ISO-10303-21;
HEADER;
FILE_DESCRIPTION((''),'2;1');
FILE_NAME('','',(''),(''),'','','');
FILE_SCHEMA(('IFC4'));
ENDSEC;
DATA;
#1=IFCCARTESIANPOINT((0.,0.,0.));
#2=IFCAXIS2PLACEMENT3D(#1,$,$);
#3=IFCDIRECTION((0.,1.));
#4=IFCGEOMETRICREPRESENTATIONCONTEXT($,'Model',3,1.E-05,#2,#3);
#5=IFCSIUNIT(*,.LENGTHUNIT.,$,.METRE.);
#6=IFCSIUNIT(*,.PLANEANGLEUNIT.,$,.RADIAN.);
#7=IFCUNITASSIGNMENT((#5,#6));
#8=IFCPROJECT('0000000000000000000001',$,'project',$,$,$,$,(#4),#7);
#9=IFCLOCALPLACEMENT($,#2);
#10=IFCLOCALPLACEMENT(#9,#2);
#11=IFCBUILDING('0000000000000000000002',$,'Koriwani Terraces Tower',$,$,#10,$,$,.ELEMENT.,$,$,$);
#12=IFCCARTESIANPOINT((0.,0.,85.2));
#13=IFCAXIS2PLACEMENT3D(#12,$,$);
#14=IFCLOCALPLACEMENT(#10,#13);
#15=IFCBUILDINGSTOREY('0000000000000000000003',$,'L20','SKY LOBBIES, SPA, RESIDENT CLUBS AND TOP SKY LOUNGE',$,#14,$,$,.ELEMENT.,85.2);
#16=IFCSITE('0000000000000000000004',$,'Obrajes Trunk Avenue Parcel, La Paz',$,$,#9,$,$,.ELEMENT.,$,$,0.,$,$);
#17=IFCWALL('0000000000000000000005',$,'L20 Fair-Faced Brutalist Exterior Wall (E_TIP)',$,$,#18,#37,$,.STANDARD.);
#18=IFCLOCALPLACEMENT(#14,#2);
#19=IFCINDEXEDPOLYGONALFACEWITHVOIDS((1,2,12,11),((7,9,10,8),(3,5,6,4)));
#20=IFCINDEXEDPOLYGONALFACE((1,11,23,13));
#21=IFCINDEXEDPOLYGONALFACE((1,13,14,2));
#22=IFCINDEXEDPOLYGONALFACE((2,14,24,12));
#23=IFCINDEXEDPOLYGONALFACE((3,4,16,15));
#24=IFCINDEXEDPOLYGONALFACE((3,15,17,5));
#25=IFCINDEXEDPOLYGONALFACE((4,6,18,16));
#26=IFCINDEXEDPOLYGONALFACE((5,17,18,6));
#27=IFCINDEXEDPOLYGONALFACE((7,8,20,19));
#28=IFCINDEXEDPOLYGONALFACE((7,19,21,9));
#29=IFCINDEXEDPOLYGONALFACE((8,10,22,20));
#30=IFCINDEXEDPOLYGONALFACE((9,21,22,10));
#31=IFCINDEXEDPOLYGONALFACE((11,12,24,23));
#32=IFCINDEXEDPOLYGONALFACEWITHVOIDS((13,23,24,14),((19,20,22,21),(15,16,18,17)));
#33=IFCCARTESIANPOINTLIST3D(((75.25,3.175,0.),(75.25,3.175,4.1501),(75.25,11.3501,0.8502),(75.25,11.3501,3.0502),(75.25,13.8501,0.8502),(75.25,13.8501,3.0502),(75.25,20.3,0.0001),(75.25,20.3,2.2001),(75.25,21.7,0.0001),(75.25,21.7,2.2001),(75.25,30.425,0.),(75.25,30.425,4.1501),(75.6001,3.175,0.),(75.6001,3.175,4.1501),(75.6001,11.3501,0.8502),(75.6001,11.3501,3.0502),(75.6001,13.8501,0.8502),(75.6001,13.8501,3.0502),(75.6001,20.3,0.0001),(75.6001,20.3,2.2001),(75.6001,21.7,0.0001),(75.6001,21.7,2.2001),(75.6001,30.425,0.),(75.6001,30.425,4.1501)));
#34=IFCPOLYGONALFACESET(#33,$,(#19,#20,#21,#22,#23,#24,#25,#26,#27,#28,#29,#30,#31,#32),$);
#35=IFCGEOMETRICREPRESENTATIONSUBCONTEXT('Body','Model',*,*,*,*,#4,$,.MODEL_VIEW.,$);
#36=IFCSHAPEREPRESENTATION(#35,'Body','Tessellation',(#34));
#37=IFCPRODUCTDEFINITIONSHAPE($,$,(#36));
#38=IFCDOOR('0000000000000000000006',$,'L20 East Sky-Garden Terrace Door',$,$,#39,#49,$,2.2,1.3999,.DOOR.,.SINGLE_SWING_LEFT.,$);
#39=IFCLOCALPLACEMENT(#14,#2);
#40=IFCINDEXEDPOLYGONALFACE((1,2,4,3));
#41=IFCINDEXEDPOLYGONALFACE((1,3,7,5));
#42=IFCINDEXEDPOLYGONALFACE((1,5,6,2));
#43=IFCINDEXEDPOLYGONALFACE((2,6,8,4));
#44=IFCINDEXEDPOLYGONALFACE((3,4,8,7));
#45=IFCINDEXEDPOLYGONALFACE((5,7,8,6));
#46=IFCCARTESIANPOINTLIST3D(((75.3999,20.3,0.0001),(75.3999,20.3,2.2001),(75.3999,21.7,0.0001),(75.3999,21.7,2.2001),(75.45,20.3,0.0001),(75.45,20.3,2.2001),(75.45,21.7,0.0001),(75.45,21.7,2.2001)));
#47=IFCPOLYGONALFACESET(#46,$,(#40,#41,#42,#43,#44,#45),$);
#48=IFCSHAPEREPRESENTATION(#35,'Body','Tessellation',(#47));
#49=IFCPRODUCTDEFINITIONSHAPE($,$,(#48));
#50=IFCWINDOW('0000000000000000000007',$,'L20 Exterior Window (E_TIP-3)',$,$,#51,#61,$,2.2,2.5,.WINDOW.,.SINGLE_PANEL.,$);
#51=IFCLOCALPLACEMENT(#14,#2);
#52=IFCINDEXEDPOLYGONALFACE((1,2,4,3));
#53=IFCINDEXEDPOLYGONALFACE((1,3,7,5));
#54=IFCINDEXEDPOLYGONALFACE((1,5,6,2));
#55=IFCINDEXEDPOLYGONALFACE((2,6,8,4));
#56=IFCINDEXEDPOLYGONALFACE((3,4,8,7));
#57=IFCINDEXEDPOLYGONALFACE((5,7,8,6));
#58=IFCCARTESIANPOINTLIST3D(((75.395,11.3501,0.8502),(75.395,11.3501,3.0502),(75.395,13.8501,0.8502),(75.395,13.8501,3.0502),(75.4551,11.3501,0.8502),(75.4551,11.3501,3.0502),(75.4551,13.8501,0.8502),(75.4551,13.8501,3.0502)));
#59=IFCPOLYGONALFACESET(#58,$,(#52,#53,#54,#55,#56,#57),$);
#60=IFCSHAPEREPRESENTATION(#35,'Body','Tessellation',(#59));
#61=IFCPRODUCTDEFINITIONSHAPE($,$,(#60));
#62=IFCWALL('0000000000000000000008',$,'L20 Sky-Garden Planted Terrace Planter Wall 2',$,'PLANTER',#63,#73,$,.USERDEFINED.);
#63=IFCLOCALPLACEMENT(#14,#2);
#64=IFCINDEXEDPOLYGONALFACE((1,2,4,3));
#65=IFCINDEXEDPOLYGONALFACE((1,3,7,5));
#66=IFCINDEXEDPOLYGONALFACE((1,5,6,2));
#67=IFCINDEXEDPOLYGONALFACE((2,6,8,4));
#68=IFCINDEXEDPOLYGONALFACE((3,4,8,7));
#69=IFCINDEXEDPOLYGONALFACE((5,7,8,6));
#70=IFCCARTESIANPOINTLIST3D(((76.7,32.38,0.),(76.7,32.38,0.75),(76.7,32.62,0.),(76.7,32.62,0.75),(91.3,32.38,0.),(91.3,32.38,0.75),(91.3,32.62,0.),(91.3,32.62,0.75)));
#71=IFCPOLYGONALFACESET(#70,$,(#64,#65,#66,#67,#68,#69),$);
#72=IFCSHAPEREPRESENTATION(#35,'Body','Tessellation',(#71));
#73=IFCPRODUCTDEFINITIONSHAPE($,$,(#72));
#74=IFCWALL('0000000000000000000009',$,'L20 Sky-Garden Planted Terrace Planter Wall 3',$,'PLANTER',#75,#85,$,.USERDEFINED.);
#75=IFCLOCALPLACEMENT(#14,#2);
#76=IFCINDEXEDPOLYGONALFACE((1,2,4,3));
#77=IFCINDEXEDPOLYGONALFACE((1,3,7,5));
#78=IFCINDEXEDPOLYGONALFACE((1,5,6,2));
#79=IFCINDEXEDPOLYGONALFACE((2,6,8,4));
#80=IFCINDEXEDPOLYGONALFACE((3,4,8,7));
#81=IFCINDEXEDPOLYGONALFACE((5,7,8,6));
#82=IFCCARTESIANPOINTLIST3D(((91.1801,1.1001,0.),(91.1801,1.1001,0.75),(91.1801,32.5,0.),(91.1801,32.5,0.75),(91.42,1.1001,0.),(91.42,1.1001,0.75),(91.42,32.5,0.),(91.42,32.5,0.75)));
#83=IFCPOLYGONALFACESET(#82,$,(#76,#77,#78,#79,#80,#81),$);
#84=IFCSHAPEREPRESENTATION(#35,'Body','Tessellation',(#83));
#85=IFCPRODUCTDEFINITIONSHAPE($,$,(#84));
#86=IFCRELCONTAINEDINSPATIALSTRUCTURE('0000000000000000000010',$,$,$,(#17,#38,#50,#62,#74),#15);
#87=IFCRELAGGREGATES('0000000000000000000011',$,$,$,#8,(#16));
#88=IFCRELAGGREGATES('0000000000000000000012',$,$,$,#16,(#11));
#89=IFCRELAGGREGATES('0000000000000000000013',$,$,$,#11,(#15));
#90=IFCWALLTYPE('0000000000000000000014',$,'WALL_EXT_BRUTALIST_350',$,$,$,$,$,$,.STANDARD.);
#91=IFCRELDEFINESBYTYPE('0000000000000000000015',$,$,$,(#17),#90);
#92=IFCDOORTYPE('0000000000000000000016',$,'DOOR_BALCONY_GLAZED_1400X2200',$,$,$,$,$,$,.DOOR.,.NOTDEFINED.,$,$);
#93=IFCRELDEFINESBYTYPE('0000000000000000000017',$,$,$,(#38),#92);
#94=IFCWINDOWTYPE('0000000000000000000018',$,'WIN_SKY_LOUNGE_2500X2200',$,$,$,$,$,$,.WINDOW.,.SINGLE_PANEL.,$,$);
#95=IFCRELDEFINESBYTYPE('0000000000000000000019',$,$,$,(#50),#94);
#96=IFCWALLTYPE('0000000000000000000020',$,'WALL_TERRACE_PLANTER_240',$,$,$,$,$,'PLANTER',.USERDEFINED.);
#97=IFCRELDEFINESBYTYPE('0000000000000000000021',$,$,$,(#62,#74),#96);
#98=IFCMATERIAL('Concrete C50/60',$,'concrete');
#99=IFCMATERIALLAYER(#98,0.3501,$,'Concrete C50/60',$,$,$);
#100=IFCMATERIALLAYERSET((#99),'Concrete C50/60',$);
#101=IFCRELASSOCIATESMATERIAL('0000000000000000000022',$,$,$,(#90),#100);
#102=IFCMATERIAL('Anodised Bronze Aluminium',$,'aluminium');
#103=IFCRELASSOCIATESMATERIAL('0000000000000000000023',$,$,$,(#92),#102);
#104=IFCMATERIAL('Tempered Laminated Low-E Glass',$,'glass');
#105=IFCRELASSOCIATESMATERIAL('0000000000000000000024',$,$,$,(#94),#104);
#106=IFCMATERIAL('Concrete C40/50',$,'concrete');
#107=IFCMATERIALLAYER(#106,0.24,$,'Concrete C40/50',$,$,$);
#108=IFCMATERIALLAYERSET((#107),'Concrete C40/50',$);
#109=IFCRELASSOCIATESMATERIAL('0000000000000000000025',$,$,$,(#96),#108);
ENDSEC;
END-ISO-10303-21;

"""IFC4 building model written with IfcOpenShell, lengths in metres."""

from ifc_helpers import new_model, si_unit, direction, frame, frame_2d, origin, place, context, subcontext, project, spatial, rectangle, extrude, material, layer, layer_set, type_object, element, fill, save


model = new_model("IFC4")

# Units and contexts
model_context = context("Model", 3, precision=1e-05, world=origin(), true_north=direction((0.0, 1.0)))
body_context = subcontext(model_context, "Body", "Model", "MODEL_VIEW")
ifc_project = project(units=[si_unit("LENGTHUNIT", "METRE"), si_unit("PLANEANGLEUNIT", "RADIAN")], contexts=[model_context])

# Site, building, storey
site_placement = place(None, origin())
site = spatial("IfcSite", under=ifc_project, at=site_placement, Name="Obrajes Trunk Avenue Parcel, La Paz", CompositionType="ELEMENT", RefElevation=0.0)
building_placement = place(site_placement, origin())
building = spatial("IfcBuilding", under=site, at=building_placement, Name="Koriwani Terraces Tower", CompositionType="ELEMENT")
storey_placement = place(building_placement, frame((0.0, 0.0, 85.2)))
storey = spatial("IfcBuildingStorey", under=building, at=storey_placement, Name="L20", Description="SKY LOBBIES, SPA, RESIDENT CLUBS AND TOP SKY LOUNGE", CompositionType="ELEMENT", Elevation=85.2)

# Shared definitions
ifc_material_1 = material(Name="Concrete C50/60", Category="concrete")

# Shared definitions
ifc_layer_1 = layer(ifc_material_1, 0.3501, Name="Concrete C50/60")
ifc_layer_set_1 = layer_set([ifc_layer_1], Name="Concrete C50/60")
wall_type_1 = type_object("IfcWallType", Name="WALL_EXT_BRUTALIST_350", PredefinedType="STANDARD", material=ifc_layer_set_1)

# Wall, openings, door, window
wall_1_placement = place(storey_placement, frame((75.425, 30.425, 0.0), z_axis=(0.0, 0.0, 1.0), x_axis=(0.0, -1.0, 0.0)))
wall_1 = element("IfcWall", 1, at=wall_1_placement, inside=storey, type_object=wall_type_1, Name="L20 Fair-Faced Brutalist Exterior Wall (E_TIP)", PredefinedType="STANDARD", context=body_context, shape_type="SweptSolid", body=[
    extrude(rectangle(XDim=27.25, YDim=0.3501, at=frame_2d((13.625, 0.0))), origin(), (0.0, 0.0, 1.0), 4.1501),
])
opening_1_placement = place(wall_1_placement, frame((8.7251, 0.0, 0.0)))
opening_1 = element("IfcOpeningElement", 2, at=opening_1_placement, cuts=wall_1, PredefinedType="OPENING", context=body_context, shape_type="SweptSolid", body=[
    extrude(rectangle(XDim=1.3999, YDim=2.2, at=frame_2d((0.7, 1.1001))), frame((0.0, 0.1851, 0.0), z_axis=(0.0, -1.0, 0.0), x_axis=(1.0, 0.0, 0.0)), (0.0, 0.0, 1.0), 0.3701),
])
opening_2_placement = place(wall_1_placement, frame((16.575, 0.0, 0.8501)))
opening_2 = element("IfcOpeningElement", 3, at=opening_2_placement, cuts=wall_1, PredefinedType="OPENING", context=body_context, shape_type="SweptSolid", body=[
    extrude(rectangle(XDim=2.5, YDim=2.2, at=frame_2d((1.25, 1.1001))), frame((0.0, 0.1851, 0.0), z_axis=(0.0, -1.0, 0.0), x_axis=(1.0, 0.0, 0.0)), (0.0, 0.0, 1.0), 0.3701),
])
ifc_material_2 = material(Name="Anodised Bronze Aluminium", Category="aluminium")
door_type_1 = type_object("IfcDoorType", Name="DOOR_BALCONY_GLAZED_1400X2200", OperationType="NOTDEFINED", PredefinedType="DOOR", material=ifc_material_2)
door_1_placement = place(opening_1_placement, origin())
door_1 = element("IfcDoor", 4, at=door_1_placement, inside=storey, type_object=door_type_1, Name="L20 East Sky-Garden Terrace Door", OperationType="SINGLE_SWING_LEFT", OverallHeight=2.2, OverallWidth=1.3999, PredefinedType="DOOR", context=body_context, shape_type="SweptSolid", body=[
    extrude(rectangle(XDim=1.3999, YDim=2.2, at=frame_2d((0.7, 1.1001))), frame((0.0, 0.0249, 0.0), z_axis=(0.0, -1.0, 0.0), x_axis=(1.0, 0.0, 0.0)), (0.0, 0.0, 1.0), 0.05),
])
fill(opening_1, door_1)
ifc_material_3 = material(Name="Tempered Laminated Low-E Glass", Category="glass")
window_type = type_object("IfcWindowType", Name="WIN_SKY_LOUNGE_2500X2200", PartitioningType="SINGLE_PANEL", PredefinedType="WINDOW", material=ifc_material_3)
window_placement = place(opening_2_placement, origin())
window = element("IfcWindow", 5, at=window_placement, inside=storey, type_object=window_type, Name="L20 Exterior Window (E_TIP-3)", OverallHeight=2.2, OverallWidth=2.5, PartitioningType="SINGLE_PANEL", PredefinedType="WINDOW", context=body_context, shape_type="SweptSolid", body=[
    extrude(rectangle(XDim=2.5, YDim=2.2, at=frame_2d((1.25, 1.1001))), frame((0.0, 0.03, 0.0), z_axis=(0.0, -1.0, 0.0), x_axis=(1.0, 0.0, 0.0)), (0.0, 0.0, 1.0), 0.0601),
])
fill(opening_2, window)

# Walls
ifc_material_4 = material(Name="Concrete C40/50", Category="concrete")
ifc_layer_2 = layer(ifc_material_4, 0.24, Name="Concrete C40/50")
ifc_layer_set_2 = layer_set([ifc_layer_2], Name="Concrete C40/50")
wall_type_2 = type_object("IfcWallType", Name="WALL_TERRACE_PLANTER_240", ElementType="PLANTER", PredefinedType="USERDEFINED", material=ifc_layer_set_2)
wall_2_placement = place(storey_placement, frame((76.7, 32.5, 0.0), z_axis=(0.0, 0.0, 1.0), x_axis=(1.0, 0.0, 0.0)))
element("IfcWall", 6, at=wall_2_placement, inside=storey, type_object=wall_type_2, Name="L20 Sky-Garden Planted Terrace Planter Wall 2", ObjectType="PLANTER", PredefinedType="USERDEFINED", context=body_context, shape_type="SweptSolid", body=[
    extrude(rectangle(XDim=14.6001, YDim=0.24, at=frame_2d((7.3, 0.0))), origin(), (0.0, 0.0, 1.0), 0.75),
])
wall_3_placement = place(storey_placement, frame((91.3, 32.5, 0.0), z_axis=(0.0, 0.0, 1.0), x_axis=(0.0, -1.0, 0.0)))
element("IfcWall", 7, at=wall_3_placement, inside=storey, type_object=wall_type_2, Name="L20 Sky-Garden Planted Terrace Planter Wall 3", ObjectType="PLANTER", PredefinedType="USERDEFINED", context=body_context, shape_type="SweptSolid", body=[
    extrude(rectangle(XDim=31.3999, YDim=0.24, at=frame_2d((15.7, 0.0))), origin(), (0.0, 0.0, 1.0), 0.75),
])

save(model, "model.ifc")
